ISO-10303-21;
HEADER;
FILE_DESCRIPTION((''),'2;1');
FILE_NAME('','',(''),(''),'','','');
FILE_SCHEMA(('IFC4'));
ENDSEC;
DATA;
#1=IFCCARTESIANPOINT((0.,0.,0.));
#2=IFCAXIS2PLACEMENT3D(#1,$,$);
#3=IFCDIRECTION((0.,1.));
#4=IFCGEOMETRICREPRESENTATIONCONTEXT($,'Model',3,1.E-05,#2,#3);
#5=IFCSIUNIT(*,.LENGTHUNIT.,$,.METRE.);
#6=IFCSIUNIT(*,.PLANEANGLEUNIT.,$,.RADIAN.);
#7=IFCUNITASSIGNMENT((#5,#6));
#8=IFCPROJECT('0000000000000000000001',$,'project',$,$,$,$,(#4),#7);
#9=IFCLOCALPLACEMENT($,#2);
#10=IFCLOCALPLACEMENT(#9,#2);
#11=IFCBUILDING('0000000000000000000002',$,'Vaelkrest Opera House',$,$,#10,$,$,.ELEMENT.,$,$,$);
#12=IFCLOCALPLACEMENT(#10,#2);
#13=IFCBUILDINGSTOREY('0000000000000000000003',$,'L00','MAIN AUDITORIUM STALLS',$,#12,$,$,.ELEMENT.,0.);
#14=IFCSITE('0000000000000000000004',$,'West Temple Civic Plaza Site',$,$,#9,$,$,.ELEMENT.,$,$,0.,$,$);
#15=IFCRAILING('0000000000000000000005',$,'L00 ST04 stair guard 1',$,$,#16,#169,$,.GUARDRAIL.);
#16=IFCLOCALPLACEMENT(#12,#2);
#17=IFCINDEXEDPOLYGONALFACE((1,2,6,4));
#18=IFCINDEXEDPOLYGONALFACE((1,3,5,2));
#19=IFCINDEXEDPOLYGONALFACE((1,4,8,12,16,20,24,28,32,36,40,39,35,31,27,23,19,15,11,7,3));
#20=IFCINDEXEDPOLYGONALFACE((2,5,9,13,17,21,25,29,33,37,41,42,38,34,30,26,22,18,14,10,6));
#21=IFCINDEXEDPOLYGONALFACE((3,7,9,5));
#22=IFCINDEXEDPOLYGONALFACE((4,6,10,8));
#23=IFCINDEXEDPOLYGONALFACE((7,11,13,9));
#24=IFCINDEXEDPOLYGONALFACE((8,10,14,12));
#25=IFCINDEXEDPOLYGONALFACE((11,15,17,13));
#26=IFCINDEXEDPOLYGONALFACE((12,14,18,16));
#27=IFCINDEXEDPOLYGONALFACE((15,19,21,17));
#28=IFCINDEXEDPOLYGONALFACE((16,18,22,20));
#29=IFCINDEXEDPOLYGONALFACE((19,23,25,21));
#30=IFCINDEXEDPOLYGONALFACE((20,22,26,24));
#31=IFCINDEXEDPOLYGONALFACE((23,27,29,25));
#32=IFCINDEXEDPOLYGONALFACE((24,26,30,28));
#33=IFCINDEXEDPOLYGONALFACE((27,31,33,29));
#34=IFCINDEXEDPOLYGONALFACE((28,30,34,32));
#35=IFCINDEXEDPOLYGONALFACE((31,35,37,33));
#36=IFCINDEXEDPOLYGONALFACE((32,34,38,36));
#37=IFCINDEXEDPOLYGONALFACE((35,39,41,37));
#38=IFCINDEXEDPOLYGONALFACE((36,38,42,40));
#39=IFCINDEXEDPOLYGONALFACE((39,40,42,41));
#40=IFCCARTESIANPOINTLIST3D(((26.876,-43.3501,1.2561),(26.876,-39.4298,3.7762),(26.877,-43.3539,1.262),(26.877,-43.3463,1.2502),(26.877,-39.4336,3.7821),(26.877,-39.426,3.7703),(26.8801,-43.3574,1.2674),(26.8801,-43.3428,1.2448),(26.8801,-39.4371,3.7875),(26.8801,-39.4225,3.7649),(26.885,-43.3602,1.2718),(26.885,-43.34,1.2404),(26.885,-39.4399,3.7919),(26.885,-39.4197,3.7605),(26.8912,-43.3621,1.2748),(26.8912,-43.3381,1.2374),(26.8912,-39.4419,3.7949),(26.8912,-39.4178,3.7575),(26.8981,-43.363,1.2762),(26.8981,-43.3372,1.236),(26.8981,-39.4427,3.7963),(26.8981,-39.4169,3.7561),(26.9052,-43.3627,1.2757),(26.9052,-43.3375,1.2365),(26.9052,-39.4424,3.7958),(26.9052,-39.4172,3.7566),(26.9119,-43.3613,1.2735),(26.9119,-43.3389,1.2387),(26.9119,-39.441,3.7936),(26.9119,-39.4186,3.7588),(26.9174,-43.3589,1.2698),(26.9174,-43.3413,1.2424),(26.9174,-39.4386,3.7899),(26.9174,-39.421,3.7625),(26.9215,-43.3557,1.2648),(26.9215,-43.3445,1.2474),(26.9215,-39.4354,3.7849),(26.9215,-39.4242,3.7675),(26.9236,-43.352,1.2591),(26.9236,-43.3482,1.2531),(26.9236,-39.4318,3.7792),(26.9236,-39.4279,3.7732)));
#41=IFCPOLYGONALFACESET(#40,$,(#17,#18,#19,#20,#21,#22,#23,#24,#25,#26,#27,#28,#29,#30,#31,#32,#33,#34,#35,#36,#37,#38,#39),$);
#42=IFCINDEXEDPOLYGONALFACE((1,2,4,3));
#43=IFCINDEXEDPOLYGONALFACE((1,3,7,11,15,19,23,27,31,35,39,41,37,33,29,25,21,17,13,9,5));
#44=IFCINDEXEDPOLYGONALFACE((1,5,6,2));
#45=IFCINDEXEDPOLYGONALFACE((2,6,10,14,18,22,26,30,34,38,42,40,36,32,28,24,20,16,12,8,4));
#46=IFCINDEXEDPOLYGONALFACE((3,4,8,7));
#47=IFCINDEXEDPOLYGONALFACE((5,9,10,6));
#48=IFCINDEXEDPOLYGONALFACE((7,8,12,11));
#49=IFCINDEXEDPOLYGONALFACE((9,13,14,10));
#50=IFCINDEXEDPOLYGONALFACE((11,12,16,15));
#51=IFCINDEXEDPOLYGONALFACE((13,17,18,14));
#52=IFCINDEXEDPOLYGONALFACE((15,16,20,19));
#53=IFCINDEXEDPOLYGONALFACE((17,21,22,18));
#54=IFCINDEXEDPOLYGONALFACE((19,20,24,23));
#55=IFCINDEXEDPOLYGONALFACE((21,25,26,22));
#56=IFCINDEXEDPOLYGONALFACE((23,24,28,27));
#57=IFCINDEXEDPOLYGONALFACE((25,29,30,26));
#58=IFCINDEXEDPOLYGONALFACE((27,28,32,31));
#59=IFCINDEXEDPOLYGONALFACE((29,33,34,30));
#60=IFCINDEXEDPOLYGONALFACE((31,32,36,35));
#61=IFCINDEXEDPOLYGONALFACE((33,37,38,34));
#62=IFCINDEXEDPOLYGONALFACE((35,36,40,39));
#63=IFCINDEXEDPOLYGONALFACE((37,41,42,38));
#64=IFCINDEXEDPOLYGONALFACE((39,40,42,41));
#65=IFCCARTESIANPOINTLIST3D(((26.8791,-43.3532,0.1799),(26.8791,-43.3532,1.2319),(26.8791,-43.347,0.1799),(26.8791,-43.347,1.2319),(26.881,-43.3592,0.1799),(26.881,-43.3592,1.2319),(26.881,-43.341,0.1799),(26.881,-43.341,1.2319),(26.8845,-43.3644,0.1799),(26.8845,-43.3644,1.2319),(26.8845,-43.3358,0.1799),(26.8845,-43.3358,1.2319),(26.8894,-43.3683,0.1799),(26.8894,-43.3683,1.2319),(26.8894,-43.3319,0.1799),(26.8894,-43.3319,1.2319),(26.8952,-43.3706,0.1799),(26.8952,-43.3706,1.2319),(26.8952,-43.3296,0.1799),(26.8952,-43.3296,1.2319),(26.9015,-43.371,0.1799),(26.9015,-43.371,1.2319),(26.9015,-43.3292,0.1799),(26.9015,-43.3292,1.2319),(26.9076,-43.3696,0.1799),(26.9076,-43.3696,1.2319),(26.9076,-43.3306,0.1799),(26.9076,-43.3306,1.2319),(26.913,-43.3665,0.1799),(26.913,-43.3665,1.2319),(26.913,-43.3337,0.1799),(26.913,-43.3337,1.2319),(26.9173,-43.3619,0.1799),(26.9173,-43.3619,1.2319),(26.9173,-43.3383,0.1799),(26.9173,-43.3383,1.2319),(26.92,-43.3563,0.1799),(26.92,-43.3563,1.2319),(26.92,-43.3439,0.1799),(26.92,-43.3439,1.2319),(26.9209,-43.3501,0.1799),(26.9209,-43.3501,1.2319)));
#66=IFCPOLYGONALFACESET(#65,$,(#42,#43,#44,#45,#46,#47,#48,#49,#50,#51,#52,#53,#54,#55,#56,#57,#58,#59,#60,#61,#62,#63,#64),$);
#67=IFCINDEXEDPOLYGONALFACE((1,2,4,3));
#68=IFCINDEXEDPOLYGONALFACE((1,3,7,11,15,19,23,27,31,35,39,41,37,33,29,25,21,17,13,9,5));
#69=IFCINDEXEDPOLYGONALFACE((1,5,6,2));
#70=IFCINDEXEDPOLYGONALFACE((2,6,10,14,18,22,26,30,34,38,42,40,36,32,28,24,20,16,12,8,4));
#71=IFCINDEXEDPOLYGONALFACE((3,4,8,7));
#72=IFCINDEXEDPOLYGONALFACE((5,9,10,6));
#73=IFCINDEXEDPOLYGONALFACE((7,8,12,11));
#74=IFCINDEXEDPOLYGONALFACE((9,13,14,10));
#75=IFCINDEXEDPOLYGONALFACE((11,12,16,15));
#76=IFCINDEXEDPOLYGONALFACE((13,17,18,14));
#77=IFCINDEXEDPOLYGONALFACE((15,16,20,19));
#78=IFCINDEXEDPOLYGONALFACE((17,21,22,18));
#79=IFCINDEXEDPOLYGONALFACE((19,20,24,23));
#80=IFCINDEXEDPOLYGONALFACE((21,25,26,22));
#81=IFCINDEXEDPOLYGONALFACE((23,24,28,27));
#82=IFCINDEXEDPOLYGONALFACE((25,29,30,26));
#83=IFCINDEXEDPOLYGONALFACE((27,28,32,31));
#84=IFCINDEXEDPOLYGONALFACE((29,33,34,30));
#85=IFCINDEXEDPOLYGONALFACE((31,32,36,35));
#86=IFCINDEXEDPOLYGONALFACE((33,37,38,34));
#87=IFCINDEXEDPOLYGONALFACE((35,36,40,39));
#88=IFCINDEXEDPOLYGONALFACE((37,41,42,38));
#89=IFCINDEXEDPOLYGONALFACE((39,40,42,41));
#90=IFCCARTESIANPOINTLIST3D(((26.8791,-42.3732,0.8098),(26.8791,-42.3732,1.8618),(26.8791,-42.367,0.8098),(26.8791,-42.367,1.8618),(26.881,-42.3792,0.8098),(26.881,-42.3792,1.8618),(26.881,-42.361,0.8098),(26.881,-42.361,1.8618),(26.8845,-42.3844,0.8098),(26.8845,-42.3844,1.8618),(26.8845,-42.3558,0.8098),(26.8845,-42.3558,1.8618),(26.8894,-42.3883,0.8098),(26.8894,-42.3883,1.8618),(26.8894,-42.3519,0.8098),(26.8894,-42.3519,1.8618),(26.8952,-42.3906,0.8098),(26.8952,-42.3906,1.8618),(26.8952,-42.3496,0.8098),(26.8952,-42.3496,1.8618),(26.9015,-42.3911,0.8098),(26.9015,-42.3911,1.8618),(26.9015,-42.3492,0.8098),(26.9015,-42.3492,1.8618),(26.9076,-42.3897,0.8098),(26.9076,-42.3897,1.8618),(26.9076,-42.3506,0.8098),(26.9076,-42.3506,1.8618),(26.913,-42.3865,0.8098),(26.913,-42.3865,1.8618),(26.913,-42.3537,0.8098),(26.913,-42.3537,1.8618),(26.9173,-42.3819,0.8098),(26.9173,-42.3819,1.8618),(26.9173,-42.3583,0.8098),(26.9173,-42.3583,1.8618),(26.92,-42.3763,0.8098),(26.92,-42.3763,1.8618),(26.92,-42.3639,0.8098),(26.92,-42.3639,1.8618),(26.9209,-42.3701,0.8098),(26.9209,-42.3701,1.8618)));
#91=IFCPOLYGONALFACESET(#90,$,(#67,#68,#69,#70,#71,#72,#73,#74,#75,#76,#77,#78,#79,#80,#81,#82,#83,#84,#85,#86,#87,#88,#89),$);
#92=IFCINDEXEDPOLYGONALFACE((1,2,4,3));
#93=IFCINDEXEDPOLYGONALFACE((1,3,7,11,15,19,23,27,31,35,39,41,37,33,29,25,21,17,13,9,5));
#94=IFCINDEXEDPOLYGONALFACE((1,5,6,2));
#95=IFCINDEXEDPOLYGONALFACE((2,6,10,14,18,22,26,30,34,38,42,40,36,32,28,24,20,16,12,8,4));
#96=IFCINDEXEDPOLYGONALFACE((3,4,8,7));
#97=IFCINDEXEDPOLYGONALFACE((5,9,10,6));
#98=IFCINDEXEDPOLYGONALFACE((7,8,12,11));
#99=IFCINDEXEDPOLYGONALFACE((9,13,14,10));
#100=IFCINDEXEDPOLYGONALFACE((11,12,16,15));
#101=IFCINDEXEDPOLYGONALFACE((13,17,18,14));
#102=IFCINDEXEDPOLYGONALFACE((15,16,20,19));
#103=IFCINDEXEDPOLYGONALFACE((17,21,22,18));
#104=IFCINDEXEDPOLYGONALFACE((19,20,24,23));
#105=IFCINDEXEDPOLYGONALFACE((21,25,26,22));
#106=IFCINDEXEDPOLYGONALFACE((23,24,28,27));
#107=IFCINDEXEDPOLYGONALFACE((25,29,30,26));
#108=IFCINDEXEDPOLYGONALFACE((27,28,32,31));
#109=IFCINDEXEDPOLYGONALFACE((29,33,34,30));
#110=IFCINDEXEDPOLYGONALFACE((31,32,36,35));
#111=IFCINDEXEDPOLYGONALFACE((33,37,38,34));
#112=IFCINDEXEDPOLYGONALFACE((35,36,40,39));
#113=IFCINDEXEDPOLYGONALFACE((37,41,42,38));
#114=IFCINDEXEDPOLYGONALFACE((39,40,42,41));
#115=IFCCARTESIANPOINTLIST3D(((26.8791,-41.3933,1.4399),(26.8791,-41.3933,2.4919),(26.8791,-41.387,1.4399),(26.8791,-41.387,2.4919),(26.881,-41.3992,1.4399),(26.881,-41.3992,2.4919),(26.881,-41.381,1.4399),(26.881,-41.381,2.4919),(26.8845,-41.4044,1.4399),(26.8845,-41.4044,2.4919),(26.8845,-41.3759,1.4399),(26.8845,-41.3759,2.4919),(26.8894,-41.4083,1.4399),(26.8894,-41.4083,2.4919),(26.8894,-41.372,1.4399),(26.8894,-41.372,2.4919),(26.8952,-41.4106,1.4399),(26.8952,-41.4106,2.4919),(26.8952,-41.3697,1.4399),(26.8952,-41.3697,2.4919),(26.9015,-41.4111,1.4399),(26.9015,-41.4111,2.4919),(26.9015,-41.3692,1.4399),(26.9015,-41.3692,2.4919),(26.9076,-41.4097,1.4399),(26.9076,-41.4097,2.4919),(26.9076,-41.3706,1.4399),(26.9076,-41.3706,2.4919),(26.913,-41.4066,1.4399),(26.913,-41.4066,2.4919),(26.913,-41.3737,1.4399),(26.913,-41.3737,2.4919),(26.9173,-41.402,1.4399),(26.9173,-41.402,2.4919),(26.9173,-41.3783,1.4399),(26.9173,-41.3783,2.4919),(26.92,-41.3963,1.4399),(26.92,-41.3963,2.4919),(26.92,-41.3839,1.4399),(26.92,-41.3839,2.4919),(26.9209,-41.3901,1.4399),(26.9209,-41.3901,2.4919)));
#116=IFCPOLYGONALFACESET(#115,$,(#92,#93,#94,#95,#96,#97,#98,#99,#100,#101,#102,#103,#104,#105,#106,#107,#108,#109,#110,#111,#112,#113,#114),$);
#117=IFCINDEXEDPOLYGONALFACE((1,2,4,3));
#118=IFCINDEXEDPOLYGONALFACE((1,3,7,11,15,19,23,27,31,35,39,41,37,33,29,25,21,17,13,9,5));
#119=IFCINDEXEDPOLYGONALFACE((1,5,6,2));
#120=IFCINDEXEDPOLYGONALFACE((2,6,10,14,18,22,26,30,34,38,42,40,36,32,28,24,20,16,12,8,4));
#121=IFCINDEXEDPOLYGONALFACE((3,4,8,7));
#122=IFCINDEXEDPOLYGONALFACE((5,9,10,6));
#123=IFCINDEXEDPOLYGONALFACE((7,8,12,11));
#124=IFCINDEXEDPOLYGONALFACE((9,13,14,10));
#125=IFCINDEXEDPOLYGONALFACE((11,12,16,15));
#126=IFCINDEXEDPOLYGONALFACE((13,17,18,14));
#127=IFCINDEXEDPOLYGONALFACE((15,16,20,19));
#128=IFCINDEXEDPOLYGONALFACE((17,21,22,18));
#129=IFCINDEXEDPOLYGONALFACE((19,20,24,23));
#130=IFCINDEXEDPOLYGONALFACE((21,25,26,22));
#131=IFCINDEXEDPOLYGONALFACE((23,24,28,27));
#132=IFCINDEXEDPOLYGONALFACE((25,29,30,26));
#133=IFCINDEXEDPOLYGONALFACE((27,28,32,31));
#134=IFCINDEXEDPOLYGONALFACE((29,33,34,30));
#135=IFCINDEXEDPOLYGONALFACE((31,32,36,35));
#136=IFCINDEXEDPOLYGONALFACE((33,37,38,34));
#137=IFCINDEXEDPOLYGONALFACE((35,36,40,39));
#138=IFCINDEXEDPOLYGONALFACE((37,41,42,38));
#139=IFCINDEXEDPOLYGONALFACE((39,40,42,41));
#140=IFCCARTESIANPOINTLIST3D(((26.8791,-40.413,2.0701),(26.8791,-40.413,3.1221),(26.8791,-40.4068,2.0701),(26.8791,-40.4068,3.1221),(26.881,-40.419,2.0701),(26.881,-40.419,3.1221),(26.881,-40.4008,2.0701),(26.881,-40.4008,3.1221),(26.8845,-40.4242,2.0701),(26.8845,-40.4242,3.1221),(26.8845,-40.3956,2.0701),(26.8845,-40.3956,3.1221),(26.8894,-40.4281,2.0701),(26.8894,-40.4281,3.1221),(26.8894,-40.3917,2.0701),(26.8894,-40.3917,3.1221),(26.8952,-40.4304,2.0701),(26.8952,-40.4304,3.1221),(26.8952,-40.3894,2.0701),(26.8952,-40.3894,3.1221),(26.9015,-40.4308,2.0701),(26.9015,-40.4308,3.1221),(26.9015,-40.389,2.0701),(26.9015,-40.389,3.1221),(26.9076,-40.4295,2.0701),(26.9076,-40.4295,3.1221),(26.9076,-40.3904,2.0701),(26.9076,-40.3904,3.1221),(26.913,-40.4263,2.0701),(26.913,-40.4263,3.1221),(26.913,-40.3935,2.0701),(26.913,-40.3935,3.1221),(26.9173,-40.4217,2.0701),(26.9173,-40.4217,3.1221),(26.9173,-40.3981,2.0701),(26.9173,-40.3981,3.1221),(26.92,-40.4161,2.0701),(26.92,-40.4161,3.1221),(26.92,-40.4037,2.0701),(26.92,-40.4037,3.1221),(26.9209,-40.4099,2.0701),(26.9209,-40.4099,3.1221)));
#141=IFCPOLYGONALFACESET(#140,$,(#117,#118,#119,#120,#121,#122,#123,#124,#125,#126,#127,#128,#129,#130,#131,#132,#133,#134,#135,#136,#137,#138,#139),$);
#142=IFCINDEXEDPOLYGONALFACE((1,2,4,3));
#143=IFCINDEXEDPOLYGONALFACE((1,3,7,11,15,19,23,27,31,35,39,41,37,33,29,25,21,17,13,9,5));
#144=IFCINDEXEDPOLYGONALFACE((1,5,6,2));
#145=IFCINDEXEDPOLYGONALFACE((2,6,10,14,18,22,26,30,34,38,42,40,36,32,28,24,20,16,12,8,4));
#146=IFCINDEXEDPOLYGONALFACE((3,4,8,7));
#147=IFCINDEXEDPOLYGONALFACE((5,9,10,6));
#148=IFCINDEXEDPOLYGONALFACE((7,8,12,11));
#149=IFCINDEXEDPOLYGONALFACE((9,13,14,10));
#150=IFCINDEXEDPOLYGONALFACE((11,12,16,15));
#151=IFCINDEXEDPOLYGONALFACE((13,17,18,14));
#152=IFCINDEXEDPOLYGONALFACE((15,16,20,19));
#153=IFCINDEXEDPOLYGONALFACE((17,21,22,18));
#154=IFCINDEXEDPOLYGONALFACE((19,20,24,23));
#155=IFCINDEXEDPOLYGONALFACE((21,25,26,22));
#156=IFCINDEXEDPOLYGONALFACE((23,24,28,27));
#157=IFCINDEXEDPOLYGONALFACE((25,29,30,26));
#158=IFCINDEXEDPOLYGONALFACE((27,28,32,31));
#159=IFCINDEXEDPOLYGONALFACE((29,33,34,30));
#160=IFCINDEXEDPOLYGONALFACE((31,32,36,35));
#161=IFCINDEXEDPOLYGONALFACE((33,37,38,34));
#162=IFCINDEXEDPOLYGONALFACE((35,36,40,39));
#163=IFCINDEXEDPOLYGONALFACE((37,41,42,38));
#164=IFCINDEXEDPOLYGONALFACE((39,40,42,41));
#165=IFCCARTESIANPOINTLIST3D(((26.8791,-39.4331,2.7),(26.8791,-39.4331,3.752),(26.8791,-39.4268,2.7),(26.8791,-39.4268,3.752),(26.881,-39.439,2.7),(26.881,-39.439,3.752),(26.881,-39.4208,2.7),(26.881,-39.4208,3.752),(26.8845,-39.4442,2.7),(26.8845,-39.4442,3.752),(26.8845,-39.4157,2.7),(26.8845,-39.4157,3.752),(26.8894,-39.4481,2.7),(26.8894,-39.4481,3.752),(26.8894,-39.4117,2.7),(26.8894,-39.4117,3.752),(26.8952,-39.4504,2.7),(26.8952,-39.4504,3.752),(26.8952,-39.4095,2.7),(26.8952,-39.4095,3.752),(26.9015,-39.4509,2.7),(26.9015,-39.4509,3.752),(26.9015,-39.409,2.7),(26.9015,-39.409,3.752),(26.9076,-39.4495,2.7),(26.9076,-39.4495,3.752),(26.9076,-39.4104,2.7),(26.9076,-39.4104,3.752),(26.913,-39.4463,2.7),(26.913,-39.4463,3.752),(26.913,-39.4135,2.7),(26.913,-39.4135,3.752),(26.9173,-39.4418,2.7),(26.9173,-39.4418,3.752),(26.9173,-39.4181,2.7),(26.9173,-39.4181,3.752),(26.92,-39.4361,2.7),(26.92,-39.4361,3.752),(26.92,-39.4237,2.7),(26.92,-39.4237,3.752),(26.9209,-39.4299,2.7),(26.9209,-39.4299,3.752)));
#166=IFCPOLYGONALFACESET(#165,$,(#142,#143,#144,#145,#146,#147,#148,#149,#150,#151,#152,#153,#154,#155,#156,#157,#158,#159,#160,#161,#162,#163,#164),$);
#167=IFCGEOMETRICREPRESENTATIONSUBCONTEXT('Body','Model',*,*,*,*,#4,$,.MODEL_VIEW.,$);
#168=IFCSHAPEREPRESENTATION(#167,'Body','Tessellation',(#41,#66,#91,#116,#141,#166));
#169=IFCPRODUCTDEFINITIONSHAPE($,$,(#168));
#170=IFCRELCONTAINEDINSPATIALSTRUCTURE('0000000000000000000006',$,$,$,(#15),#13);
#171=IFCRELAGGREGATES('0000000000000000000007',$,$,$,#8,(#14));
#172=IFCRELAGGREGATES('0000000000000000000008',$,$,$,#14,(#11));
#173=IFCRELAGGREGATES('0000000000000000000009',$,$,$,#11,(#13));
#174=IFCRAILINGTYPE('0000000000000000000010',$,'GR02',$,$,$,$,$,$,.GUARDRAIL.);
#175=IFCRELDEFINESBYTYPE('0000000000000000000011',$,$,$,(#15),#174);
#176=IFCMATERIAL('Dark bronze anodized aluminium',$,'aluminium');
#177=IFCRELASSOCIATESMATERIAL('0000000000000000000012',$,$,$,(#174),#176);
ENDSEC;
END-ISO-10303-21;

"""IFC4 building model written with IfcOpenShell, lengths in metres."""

from ifc_helpers import new_model, si_unit, direction, frame, origin, origin_2d, place, context, subcontext, project, spatial, circle, extrude, material, type_object, element, save


model = new_model("IFC4")

# Units and contexts
model_context = context("Model", 3, precision=1e-05, world=origin(), true_north=direction((0.0, 1.0)))
body_context = subcontext(model_context, "Body", "Model", "MODEL_VIEW")
ifc_project = project(units=[si_unit("LENGTHUNIT", "METRE"), si_unit("PLANEANGLEUNIT", "RADIAN")], contexts=[model_context])

# Site, building, storey
site_placement = place(None, origin())
site = spatial("IfcSite", under=ifc_project, at=site_placement, Name="West Temple Civic Plaza Site", CompositionType="ELEMENT", RefElevation=0.0)
building_placement = place(site_placement, origin())
building = spatial("IfcBuilding", under=site, at=building_placement, Name="Vaelkrest Opera House", CompositionType="ELEMENT")
storey_placement = place(building_placement, origin())
storey = spatial("IfcBuildingStorey", under=building, at=storey_placement, Name="L00", Description="MAIN AUDITORIUM STALLS", CompositionType="ELEMENT", Elevation=0.0)

# Shared definitions
ifc_material_1 = material(Name="Dark bronze anodized aluminium", Category="aluminium")

# Railing
railing_type_1 = type_object("IfcRailingType", Name="GR02", PredefinedType="GUARDRAIL", material=ifc_material_1)
railing_1_placement = place(storey_placement, frame((26.8999, -43.3501, 0.1799)))
element("IfcRailing", 1, at=railing_1_placement, inside=storey, type_object=railing_type_1, Name="L00 ST04 stair guard 1", PredefinedType="GUARDRAIL", context=body_context, shape_type="SweptSolid", body=[
    extrude(circle(Radius=0.0239, at=origin_2d()), frame((0.0, 0.0, 1.0762), z_axis=(0.0, 0.841187, 0.540744), x_axis=(-1.0, 0.0, 0.0)), (0.0, 0.0, 1.0), 4.6604),
    extrude(circle(Radius=0.021, at=origin_2d()), origin(), (0.0, 0.0, 1.0), 1.052),
    extrude(circle(Radius=0.021, at=origin_2d()), frame((0.0, 0.98, 0.6299)), (0.0, 0.0, 1.0), 1.052),
    extrude(circle(Radius=0.021, at=origin_2d()), frame((0.0, 1.96, 1.26)), (0.0, 0.0, 1.0), 1.052),
    extrude(circle(Radius=0.021, at=origin_2d()), frame((0.0, 2.9402, 1.8901)), (0.0, 0.0, 1.0), 1.052),
    extrude(circle(Radius=0.021, at=origin_2d()), frame((0.0, 3.9202, 2.52)), (0.0, 0.0, 1.0), 1.052),
])

save(model, "model.ifc")
